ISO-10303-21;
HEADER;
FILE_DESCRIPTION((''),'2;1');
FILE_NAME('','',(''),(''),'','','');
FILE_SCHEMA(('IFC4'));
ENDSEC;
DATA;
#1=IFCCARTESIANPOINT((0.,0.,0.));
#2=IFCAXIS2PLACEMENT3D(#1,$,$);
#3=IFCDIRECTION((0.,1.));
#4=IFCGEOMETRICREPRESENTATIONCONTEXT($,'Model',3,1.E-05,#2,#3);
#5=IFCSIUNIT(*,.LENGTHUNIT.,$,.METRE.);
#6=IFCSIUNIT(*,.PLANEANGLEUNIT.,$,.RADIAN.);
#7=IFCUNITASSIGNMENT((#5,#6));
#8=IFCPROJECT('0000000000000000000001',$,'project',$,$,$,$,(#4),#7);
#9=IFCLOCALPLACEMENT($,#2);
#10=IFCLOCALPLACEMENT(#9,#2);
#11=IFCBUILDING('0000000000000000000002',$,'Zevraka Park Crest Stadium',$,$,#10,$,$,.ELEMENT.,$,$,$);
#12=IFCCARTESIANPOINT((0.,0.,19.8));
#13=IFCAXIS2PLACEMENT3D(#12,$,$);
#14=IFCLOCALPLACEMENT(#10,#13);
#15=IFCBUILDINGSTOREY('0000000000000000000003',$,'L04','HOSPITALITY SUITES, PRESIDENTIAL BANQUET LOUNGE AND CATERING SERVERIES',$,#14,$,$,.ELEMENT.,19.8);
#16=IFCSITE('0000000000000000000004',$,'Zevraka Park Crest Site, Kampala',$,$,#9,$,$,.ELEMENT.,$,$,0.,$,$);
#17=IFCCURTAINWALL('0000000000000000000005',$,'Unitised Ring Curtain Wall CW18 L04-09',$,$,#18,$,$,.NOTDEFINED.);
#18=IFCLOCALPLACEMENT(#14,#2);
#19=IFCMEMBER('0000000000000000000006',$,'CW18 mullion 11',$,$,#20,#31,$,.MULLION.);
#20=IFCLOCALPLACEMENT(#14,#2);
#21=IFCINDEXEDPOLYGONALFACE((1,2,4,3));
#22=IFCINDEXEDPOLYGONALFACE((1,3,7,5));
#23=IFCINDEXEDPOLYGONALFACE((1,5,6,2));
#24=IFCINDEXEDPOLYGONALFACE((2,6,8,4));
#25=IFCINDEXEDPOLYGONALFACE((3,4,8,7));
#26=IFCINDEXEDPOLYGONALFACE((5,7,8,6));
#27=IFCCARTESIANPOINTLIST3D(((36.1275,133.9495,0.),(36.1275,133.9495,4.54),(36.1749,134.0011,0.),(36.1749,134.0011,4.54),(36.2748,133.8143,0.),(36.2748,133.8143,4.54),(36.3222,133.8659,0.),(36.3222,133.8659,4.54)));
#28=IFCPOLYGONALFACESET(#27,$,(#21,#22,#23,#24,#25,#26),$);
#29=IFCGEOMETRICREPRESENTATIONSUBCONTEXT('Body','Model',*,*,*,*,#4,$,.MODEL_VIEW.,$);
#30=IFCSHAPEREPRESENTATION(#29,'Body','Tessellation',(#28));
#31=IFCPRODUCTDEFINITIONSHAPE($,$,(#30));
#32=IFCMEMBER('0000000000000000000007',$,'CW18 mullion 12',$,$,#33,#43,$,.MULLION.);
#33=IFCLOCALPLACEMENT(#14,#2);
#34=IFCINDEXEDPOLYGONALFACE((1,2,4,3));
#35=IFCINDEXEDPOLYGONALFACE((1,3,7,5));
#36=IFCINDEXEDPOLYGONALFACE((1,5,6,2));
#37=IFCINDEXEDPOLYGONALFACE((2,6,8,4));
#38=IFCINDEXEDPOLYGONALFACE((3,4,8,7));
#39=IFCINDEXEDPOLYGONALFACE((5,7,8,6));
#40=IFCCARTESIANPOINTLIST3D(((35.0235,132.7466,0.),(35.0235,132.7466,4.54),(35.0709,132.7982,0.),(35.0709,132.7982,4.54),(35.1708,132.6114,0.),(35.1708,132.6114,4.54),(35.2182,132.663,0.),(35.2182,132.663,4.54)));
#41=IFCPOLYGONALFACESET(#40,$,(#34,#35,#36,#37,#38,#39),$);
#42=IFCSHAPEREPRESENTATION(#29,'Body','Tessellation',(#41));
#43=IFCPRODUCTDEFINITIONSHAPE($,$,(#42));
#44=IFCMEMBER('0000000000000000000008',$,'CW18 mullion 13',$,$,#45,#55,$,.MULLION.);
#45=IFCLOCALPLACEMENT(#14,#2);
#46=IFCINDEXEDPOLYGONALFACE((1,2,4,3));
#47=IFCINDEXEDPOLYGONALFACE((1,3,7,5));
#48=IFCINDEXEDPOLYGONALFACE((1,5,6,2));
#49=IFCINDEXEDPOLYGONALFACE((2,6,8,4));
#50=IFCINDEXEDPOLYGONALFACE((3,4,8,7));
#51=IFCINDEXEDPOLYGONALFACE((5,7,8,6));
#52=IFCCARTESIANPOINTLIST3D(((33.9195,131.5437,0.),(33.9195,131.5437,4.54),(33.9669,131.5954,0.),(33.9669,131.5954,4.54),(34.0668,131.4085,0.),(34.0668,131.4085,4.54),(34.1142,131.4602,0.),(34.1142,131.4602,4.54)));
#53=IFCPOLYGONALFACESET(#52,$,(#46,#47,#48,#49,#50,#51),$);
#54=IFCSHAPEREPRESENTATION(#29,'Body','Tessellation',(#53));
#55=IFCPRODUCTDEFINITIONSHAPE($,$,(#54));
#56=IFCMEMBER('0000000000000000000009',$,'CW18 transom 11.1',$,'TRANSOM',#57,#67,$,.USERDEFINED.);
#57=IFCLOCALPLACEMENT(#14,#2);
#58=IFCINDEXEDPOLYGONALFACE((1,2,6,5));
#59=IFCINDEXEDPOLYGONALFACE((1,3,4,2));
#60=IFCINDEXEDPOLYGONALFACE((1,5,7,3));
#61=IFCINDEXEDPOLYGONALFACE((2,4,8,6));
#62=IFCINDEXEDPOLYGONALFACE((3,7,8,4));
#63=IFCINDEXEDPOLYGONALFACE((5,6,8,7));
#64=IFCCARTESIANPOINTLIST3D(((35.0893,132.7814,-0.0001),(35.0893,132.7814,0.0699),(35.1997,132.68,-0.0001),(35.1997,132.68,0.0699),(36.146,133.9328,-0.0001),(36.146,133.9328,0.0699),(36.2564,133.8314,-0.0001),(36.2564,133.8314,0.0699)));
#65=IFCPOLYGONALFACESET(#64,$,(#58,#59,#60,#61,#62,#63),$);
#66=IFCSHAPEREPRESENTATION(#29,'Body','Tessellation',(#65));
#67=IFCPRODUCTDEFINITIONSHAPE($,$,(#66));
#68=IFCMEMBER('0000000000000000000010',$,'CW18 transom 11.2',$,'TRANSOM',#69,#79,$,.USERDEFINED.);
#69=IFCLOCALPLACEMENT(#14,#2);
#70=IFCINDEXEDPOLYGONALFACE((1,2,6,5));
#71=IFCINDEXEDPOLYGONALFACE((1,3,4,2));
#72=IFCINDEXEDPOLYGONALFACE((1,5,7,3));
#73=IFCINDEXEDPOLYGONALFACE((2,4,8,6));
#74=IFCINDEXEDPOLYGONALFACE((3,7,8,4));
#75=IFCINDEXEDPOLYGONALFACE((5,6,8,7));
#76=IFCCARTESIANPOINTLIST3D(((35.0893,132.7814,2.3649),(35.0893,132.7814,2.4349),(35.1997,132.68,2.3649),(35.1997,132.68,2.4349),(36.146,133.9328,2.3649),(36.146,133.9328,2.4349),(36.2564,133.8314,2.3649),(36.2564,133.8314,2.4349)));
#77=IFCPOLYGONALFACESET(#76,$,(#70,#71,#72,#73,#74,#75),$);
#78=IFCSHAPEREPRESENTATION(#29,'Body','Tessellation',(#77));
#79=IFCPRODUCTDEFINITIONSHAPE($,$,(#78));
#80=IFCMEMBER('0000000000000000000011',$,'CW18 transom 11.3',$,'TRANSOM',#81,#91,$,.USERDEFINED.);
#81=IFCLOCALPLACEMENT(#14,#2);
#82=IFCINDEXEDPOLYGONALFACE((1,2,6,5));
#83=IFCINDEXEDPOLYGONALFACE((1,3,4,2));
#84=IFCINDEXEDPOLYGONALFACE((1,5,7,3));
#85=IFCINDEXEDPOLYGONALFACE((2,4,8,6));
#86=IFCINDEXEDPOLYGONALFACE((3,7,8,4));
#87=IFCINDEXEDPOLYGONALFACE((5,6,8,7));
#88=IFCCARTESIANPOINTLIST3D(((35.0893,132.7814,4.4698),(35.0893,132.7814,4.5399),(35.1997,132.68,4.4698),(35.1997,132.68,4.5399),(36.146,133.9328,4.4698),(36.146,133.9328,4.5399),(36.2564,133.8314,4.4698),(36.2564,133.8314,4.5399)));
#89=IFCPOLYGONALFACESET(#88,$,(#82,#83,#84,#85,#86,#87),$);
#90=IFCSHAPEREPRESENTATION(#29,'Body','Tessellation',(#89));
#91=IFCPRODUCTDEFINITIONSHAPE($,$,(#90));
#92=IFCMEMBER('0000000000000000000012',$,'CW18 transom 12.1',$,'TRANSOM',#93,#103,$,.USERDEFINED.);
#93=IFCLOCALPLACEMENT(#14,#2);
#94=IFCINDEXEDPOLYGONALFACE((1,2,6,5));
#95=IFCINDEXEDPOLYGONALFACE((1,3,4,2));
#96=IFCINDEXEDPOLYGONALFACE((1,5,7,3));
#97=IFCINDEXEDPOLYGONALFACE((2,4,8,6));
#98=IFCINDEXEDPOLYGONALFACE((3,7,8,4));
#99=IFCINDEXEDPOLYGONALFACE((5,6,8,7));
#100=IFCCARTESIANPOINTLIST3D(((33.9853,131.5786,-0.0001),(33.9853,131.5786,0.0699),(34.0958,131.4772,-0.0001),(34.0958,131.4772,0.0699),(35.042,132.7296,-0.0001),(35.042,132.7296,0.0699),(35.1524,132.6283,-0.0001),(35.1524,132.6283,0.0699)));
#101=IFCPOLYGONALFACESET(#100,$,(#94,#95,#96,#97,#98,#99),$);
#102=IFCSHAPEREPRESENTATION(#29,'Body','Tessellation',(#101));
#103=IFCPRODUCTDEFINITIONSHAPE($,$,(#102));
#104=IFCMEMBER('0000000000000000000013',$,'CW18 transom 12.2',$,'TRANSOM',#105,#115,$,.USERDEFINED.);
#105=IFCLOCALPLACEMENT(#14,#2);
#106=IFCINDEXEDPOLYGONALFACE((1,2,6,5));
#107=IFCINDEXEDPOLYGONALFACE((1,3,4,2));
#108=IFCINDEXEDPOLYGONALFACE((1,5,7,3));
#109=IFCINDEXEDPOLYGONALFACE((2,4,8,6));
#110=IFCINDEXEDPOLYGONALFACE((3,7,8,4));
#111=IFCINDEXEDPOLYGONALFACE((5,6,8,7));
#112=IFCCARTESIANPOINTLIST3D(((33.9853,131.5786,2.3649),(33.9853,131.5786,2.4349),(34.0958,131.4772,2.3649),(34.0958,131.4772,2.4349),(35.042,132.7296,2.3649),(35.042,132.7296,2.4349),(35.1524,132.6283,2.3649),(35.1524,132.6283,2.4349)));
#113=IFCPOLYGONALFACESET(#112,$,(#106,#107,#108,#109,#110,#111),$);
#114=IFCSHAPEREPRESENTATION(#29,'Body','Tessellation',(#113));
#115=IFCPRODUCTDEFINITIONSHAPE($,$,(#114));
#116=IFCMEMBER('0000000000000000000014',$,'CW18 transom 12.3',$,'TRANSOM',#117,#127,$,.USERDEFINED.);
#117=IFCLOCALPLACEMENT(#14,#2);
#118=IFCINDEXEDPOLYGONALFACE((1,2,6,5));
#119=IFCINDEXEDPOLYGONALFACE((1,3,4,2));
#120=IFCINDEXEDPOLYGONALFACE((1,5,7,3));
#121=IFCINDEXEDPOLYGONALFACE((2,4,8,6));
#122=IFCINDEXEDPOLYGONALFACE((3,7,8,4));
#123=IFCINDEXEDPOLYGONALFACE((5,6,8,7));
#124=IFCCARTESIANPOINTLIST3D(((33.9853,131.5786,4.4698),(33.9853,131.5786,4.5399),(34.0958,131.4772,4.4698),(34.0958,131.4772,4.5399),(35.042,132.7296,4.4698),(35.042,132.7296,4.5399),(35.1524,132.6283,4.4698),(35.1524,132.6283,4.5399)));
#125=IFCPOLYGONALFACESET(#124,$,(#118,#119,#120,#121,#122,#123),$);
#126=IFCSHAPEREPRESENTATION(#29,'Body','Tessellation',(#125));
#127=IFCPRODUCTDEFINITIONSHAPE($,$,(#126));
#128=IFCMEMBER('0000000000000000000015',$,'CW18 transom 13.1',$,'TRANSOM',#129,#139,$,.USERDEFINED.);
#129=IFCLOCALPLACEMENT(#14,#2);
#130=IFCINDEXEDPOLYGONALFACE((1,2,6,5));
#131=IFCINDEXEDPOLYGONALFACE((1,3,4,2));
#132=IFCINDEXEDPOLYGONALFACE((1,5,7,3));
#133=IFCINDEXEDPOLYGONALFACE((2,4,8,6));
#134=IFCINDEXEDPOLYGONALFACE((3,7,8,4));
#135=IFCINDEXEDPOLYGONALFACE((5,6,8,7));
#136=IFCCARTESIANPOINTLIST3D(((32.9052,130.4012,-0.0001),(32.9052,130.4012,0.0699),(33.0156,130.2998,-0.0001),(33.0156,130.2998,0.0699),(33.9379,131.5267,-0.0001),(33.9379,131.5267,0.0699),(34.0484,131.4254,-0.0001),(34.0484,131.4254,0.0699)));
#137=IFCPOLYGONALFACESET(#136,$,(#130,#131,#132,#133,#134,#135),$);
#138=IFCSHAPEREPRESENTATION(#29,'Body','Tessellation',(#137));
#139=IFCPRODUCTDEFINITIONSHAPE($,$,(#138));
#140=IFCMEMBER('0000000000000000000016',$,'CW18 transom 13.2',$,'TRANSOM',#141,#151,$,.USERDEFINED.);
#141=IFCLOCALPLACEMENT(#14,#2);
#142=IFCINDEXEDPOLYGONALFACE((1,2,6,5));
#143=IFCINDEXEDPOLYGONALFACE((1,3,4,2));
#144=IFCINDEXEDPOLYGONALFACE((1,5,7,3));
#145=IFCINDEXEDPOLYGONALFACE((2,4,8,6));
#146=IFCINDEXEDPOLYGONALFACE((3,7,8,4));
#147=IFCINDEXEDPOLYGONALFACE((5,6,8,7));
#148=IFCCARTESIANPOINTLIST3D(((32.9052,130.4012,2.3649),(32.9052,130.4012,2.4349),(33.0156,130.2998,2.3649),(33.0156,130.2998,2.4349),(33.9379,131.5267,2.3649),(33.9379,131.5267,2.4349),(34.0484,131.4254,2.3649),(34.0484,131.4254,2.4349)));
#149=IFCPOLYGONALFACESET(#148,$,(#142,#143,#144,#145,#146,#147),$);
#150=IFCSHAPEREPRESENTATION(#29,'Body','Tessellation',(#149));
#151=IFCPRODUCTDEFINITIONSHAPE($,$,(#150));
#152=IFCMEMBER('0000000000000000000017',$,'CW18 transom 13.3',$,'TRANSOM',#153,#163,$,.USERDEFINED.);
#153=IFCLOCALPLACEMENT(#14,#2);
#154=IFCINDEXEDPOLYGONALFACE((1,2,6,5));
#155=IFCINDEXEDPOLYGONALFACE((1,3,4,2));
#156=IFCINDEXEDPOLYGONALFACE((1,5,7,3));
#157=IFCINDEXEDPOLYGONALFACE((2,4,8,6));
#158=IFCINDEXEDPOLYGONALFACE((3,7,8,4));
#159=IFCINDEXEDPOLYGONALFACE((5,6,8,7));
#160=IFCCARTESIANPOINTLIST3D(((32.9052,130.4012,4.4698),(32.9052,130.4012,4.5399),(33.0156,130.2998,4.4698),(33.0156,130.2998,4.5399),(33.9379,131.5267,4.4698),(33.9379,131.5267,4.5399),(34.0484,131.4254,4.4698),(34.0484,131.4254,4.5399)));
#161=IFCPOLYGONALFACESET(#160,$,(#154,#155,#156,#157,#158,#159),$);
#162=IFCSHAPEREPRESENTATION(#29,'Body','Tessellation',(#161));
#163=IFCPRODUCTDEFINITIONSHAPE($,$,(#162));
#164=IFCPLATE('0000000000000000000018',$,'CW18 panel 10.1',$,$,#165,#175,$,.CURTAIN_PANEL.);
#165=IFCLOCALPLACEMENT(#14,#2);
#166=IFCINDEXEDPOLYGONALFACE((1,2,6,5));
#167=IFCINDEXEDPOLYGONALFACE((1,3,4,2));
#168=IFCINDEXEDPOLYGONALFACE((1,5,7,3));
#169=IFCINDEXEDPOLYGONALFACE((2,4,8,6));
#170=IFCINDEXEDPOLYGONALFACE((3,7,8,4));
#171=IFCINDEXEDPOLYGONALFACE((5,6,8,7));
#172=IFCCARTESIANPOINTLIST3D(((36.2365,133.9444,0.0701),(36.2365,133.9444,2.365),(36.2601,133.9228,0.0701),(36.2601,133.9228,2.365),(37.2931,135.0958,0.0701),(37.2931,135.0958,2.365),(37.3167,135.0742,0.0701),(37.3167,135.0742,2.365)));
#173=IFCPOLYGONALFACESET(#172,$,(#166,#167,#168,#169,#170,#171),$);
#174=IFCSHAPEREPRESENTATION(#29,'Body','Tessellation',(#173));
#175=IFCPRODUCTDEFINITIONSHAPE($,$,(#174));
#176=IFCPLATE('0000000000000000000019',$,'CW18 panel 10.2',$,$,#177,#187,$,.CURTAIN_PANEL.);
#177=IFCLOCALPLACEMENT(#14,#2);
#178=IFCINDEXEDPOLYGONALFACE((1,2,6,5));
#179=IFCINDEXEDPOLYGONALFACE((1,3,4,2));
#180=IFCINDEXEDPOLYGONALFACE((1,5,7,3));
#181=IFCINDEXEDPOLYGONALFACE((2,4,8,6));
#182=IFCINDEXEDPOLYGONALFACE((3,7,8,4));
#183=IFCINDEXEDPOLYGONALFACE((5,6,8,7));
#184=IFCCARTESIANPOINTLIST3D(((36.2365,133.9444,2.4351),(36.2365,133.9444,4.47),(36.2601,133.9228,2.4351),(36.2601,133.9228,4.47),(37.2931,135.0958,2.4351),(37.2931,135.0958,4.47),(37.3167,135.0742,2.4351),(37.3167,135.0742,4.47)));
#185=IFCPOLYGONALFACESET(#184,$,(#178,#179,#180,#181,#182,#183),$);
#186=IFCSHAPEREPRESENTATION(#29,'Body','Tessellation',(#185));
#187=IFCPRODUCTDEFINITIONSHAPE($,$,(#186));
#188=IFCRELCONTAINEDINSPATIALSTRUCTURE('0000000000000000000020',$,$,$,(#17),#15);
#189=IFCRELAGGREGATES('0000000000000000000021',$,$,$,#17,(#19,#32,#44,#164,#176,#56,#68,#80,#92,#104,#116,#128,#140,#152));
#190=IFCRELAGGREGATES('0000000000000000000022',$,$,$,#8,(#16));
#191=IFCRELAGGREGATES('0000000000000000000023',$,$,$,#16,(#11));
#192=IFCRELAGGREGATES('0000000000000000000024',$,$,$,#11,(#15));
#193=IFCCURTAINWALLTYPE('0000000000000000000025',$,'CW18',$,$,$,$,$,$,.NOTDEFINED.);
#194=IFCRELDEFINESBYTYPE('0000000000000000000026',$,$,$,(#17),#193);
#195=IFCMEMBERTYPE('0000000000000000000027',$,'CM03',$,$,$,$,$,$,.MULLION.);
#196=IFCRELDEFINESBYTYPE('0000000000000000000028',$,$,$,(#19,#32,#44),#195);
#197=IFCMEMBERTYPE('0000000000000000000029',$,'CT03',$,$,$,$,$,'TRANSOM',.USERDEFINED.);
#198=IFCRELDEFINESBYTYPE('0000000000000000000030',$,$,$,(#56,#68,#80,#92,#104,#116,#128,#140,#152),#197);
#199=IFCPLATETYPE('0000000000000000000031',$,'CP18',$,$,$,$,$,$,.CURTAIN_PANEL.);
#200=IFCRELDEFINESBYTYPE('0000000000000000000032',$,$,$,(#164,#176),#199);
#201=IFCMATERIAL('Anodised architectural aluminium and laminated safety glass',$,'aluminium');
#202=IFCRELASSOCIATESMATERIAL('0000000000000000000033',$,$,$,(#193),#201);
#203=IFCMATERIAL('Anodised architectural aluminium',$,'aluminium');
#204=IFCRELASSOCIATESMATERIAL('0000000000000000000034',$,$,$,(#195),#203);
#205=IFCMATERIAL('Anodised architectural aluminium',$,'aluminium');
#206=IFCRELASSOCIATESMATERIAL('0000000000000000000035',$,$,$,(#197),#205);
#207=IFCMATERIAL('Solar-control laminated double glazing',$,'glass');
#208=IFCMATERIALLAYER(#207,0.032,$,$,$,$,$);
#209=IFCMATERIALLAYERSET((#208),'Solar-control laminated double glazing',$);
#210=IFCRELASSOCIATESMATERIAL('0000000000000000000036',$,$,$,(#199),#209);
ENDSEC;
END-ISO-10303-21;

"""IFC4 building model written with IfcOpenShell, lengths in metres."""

from ifc_helpers import new_model, si_unit, direction, frame, origin, origin_2d, place, context, subcontext, project, spatial, rectangle, extrude, material, layer, layer_set, material_profile, profile_set, type_object, element, aggregate, save


model = new_model("IFC4")

# Units and contexts
model_context = context("Model", 3, precision=1e-05, world=origin(), true_north=direction((0.0, 1.0)))
body_context = subcontext(model_context, "Body", "Model", "MODEL_VIEW")
ifc_project = project(units=[si_unit("LENGTHUNIT", "METRE"), si_unit("PLANEANGLEUNIT", "RADIAN")], contexts=[model_context])

# Site, building, storey
site_placement = place(None, origin())
site = spatial("IfcSite", under=ifc_project, at=site_placement, Name="Zevraka Park Crest Site, Kampala", CompositionType="ELEMENT", RefElevation=0.0)
building_placement = place(site_placement, origin())
building = spatial("IfcBuilding", under=site, at=building_placement, Name="Zevraka Park Crest Stadium", CompositionType="ELEMENT")
storey_placement = place(building_placement, frame((0.0, 0.0, 19.8)))
storey = spatial("IfcBuildingStorey", under=building, at=storey_placement, Name="L04", Description="HOSPITALITY SUITES, PRESIDENTIAL BANQUET LOUNGE AND CATERING SERVERIES", CompositionType="ELEMENT", Elevation=19.8)

# Curtain wall, members, plates
ifc_material_1 = material(Name="Anodised architectural aluminium and laminated safety glass", Category="aluminium")
curtain_wall_type = type_object("IfcCurtainWallType", Name="CW18", PredefinedType="NOTDEFINED", material=ifc_material_1)
curtain_wall_placement = place(storey_placement, origin())
curtain_wall = element("IfcCurtainWall", 1, at=curtain_wall_placement, inside=storey, type_object=curtain_wall_type, Name="Unitised Ring Curtain Wall CW18 L04-09", PredefinedType="NOTDEFINED")
ifc_material_2 = material(Name="Anodised architectural aluminium", Category="aluminium")
ifc_material_profile_1 = material_profile(ifc_material_2, rectangle(XDim=0.2, YDim=0.0701, at=origin_2d()), Name="ALU MULLION 200x70")
ifc_profile_set_1 = profile_set([ifc_material_profile_1], Name="Anodised architectural aluminium")
member_type_1 = type_object("IfcMemberType", Name="CM03", PredefinedType="MULLION", material=ifc_profile_set_1)
member_1_placement = place(storey_placement, frame((36.2249, 133.9077, 0.0), z_axis=(0.0, 0.0, 1.0), x_axis=(0.736775, -0.676138, 0.0)))
member_1 = element("IfcMember", 2, at=member_1_placement, type_object=member_type_1, Name="CW18 mullion 11", PredefinedType="MULLION", context=body_context, shape_type="SweptSolid", body=[
    extrude(rectangle(XDim=0.2, YDim=0.0701, at=origin_2d()), origin(), (0.0, 0.0, 1.0), 4.54),
])
member_2_placement = place(storey_placement, frame((35.1208, 132.7048, 0.0), z_axis=(0.0, 0.0, 1.0), x_axis=(0.736775, -0.676138, 0.0)))
member_2 = element("IfcMember", 3, at=member_2_placement, type_object=member_type_1, Name="CW18 mullion 12", PredefinedType="MULLION", context=body_context, shape_type="SweptSolid", body=[
    extrude(rectangle(XDim=0.2, YDim=0.0701, at=origin_2d()), origin(), (0.0, 0.0, 1.0), 4.54),
])
member_3_placement = place(storey_placement, frame((34.0168, 131.502, 0.0), z_axis=(0.0, 0.0, 1.0), x_axis=(0.736775, -0.676138, 0.0)))
member_3 = element("IfcMember", 4, at=member_3_placement, type_object=member_type_1, Name="CW18 mullion 13", PredefinedType="MULLION", context=body_context, shape_type="SweptSolid", body=[
    extrude(rectangle(XDim=0.2, YDim=0.0701, at=origin_2d()), origin(), (0.0, 0.0, 1.0), 4.54),
])
ifc_material_3 = material(Name="Anodised architectural aluminium", Category="aluminium")
ifc_material_profile_2 = material_profile(ifc_material_3, rectangle(XDim=0.1499, YDim=0.0701, at=origin_2d()), Name="ALU TRANSOM 150x70")
ifc_profile_set_2 = profile_set([ifc_material_profile_2], Name="Anodised architectural aluminium")
member_type_2 = type_object("IfcMemberType", Name="CT03", ElementType="TRANSOM", PredefinedType="USERDEFINED", material=ifc_profile_set_2)
member_4_placement = place(storey_placement, frame((36.2012, 133.8821, 0.0349), z_axis=(-0.676149, -0.736765, 0.0), x_axis=(0.736765, -0.676149, 0.0)))
member_4 = element("IfcMember", 5, at=member_4_placement, type_object=member_type_2, Name="CW18 transom 11.1", ObjectType="TRANSOM", PredefinedType="USERDEFINED", context=body_context, shape_type="SweptSolid", body=[
    extrude(rectangle(XDim=0.1499, YDim=0.0701, at=origin_2d()), origin(), (0.0, 0.0, 1.0), 1.5627),
])
member_5_placement = place(storey_placement, frame((36.2012, 133.8821, 2.3999), z_axis=(-0.676149, -0.736765, 0.0), x_axis=(0.736765, -0.676149, 0.0)))
member_5 = element("IfcMember", 6, at=member_5_placement, type_object=member_type_2, Name="CW18 transom 11.2", ObjectType="TRANSOM", PredefinedType="USERDEFINED", context=body_context, shape_type="SweptSolid", body=[
    extrude(rectangle(XDim=0.1499, YDim=0.0701, at=origin_2d()), origin(), (0.0, 0.0, 1.0), 1.5627),
])
member_6_placement = place(storey_placement, frame((36.2012, 133.8821, 4.5049), z_axis=(-0.676149, -0.736765, 0.0), x_axis=(0.736765, -0.676149, 0.0)))
member_6 = element("IfcMember", 7, at=member_6_placement, type_object=member_type_2, Name="CW18 transom 11.3", ObjectType="TRANSOM", PredefinedType="USERDEFINED", context=body_context, shape_type="SweptSolid", body=[
    extrude(rectangle(XDim=0.1499, YDim=0.0701, at=origin_2d()), origin(), (0.0, 0.0, 1.0), 1.5627),
])
member_7_placement = place(storey_placement, frame((35.0972, 132.679, 0.0349), z_axis=(-0.676227, -0.736693, 0.0), x_axis=(0.736693, -0.676227, 0.0)))
member_7 = element("IfcMember", 8, at=member_7_placement, type_object=member_type_2, Name="CW18 transom 12.1", ObjectType="TRANSOM", PredefinedType="USERDEFINED", context=body_context, shape_type="SweptSolid", body=[
    extrude(rectangle(XDim=0.1499, YDim=0.0701, at=origin_2d()), origin(), (0.0, 0.0, 1.0), 1.5625),
])
member_8_placement = place(storey_placement, frame((35.0972, 132.679, 2.3999), z_axis=(-0.676227, -0.736693, 0.0), x_axis=(0.736693, -0.676227, 0.0)))
member_8 = element("IfcMember", 9, at=member_8_placement, type_object=member_type_2, Name="CW18 transom 12.2", ObjectType="TRANSOM", PredefinedType="USERDEFINED", context=body_context, shape_type="SweptSolid", body=[
    extrude(rectangle(XDim=0.1499, YDim=0.0701, at=origin_2d()), origin(), (0.0, 0.0, 1.0), 1.5625),
])
member_9_placement = place(storey_placement, frame((35.0972, 132.679, 4.5049), z_axis=(-0.676227, -0.736693, 0.0), x_axis=(0.736693, -0.676227, 0.0)))
member_9 = element("IfcMember", 10, at=member_9_placement, type_object=member_type_2, Name="CW18 transom 12.3", ObjectType="TRANSOM", PredefinedType="USERDEFINED", context=body_context, shape_type="SweptSolid", body=[
    extrude(rectangle(XDim=0.1499, YDim=0.0701, at=origin_2d()), origin(), (0.0, 0.0, 1.0), 1.5625),
])
member_10_placement = place(storey_placement, frame((33.9932, 131.4761, 0.0349), z_axis=(-0.676086, -0.736822, 0.0), x_axis=(0.736822, -0.676086, 0.0)))
member_10 = element("IfcMember", 11, at=member_10_placement, type_object=member_type_2, Name="CW18 transom 13.1", ObjectType="TRANSOM", PredefinedType="USERDEFINED", context=body_context, shape_type="SweptSolid", body=[
    extrude(rectangle(XDim=0.1499, YDim=0.0701, at=origin_2d()), origin(), (0.0, 0.0, 1.0), 1.5276),
])
member_11_placement = place(storey_placement, frame((33.9932, 131.4761, 2.3999), z_axis=(-0.676086, -0.736822, 0.0), x_axis=(0.736822, -0.676086, 0.0)))
member_11 = element("IfcMember", 12, at=member_11_placement, type_object=member_type_2, Name="CW18 transom 13.2", ObjectType="TRANSOM", PredefinedType="USERDEFINED", context=body_context, shape_type="SweptSolid", body=[
    extrude(rectangle(XDim=0.1499, YDim=0.0701, at=origin_2d()), origin(), (0.0, 0.0, 1.0), 1.5276),
])
member_12_placement = place(storey_placement, frame((33.9932, 131.4761, 4.5049), z_axis=(-0.676086, -0.736822, 0.0), x_axis=(0.736822, -0.676086, 0.0)))
member_12 = element("IfcMember", 13, at=member_12_placement, type_object=member_type_2, Name="CW18 transom 13.3", ObjectType="TRANSOM", PredefinedType="USERDEFINED", context=body_context, shape_type="SweptSolid", body=[
    extrude(rectangle(XDim=0.1499, YDim=0.0701, at=origin_2d()), origin(), (0.0, 0.0, 1.0), 1.5276),
])
ifc_material_4 = material(Name="Solar-control laminated double glazing", Category="glass")
ifc_layer_1 = layer(ifc_material_4, 0.032)
ifc_layer_set_1 = layer_set([ifc_layer_1], Name="Solar-control laminated double glazing")
plate_type = type_object("IfcPlateType", Name="CP18", PredefinedType="CURTAIN_PANEL", material=ifc_layer_set_1)
plate_1_placement = place(storey_placement, frame((36.7766, 134.5093, 0.0701), z_axis=(0.0, 0.0, 1.0), x_axis=(-0.676138, -0.736775, 0.0)))
plate_1 = element("IfcPlate", 14, at=plate_1_placement, type_object=plate_type, Name="CW18 panel 10.1", PredefinedType="CURTAIN_PANEL", context=body_context, shape_type="SweptSolid", body=[
    extrude(rectangle(XDim=1.5627, YDim=0.032, at=origin_2d()), origin(), (0.0, 0.0, 1.0), 2.2949),
])
plate_2_placement = place(storey_placement, frame((36.7766, 134.5093, 2.4351), z_axis=(0.0, 0.0, 1.0), x_axis=(-0.676138, -0.736775, 0.0)))
plate_2 = element("IfcPlate", 15, at=plate_2_placement, type_object=plate_type, Name="CW18 panel 10.2", PredefinedType="CURTAIN_PANEL", context=body_context, shape_type="SweptSolid", body=[
    extrude(rectangle(XDim=1.5627, YDim=0.032, at=origin_2d()), origin(), (0.0, 0.0, 1.0), 2.0349),
])
aggregate(curtain_wall, [member_1, member_2, member_3, plate_1, plate_2, member_4, member_5, member_6, member_7, member_8, member_9, member_10, member_11, member_12])

save(model, "model.ifc")
